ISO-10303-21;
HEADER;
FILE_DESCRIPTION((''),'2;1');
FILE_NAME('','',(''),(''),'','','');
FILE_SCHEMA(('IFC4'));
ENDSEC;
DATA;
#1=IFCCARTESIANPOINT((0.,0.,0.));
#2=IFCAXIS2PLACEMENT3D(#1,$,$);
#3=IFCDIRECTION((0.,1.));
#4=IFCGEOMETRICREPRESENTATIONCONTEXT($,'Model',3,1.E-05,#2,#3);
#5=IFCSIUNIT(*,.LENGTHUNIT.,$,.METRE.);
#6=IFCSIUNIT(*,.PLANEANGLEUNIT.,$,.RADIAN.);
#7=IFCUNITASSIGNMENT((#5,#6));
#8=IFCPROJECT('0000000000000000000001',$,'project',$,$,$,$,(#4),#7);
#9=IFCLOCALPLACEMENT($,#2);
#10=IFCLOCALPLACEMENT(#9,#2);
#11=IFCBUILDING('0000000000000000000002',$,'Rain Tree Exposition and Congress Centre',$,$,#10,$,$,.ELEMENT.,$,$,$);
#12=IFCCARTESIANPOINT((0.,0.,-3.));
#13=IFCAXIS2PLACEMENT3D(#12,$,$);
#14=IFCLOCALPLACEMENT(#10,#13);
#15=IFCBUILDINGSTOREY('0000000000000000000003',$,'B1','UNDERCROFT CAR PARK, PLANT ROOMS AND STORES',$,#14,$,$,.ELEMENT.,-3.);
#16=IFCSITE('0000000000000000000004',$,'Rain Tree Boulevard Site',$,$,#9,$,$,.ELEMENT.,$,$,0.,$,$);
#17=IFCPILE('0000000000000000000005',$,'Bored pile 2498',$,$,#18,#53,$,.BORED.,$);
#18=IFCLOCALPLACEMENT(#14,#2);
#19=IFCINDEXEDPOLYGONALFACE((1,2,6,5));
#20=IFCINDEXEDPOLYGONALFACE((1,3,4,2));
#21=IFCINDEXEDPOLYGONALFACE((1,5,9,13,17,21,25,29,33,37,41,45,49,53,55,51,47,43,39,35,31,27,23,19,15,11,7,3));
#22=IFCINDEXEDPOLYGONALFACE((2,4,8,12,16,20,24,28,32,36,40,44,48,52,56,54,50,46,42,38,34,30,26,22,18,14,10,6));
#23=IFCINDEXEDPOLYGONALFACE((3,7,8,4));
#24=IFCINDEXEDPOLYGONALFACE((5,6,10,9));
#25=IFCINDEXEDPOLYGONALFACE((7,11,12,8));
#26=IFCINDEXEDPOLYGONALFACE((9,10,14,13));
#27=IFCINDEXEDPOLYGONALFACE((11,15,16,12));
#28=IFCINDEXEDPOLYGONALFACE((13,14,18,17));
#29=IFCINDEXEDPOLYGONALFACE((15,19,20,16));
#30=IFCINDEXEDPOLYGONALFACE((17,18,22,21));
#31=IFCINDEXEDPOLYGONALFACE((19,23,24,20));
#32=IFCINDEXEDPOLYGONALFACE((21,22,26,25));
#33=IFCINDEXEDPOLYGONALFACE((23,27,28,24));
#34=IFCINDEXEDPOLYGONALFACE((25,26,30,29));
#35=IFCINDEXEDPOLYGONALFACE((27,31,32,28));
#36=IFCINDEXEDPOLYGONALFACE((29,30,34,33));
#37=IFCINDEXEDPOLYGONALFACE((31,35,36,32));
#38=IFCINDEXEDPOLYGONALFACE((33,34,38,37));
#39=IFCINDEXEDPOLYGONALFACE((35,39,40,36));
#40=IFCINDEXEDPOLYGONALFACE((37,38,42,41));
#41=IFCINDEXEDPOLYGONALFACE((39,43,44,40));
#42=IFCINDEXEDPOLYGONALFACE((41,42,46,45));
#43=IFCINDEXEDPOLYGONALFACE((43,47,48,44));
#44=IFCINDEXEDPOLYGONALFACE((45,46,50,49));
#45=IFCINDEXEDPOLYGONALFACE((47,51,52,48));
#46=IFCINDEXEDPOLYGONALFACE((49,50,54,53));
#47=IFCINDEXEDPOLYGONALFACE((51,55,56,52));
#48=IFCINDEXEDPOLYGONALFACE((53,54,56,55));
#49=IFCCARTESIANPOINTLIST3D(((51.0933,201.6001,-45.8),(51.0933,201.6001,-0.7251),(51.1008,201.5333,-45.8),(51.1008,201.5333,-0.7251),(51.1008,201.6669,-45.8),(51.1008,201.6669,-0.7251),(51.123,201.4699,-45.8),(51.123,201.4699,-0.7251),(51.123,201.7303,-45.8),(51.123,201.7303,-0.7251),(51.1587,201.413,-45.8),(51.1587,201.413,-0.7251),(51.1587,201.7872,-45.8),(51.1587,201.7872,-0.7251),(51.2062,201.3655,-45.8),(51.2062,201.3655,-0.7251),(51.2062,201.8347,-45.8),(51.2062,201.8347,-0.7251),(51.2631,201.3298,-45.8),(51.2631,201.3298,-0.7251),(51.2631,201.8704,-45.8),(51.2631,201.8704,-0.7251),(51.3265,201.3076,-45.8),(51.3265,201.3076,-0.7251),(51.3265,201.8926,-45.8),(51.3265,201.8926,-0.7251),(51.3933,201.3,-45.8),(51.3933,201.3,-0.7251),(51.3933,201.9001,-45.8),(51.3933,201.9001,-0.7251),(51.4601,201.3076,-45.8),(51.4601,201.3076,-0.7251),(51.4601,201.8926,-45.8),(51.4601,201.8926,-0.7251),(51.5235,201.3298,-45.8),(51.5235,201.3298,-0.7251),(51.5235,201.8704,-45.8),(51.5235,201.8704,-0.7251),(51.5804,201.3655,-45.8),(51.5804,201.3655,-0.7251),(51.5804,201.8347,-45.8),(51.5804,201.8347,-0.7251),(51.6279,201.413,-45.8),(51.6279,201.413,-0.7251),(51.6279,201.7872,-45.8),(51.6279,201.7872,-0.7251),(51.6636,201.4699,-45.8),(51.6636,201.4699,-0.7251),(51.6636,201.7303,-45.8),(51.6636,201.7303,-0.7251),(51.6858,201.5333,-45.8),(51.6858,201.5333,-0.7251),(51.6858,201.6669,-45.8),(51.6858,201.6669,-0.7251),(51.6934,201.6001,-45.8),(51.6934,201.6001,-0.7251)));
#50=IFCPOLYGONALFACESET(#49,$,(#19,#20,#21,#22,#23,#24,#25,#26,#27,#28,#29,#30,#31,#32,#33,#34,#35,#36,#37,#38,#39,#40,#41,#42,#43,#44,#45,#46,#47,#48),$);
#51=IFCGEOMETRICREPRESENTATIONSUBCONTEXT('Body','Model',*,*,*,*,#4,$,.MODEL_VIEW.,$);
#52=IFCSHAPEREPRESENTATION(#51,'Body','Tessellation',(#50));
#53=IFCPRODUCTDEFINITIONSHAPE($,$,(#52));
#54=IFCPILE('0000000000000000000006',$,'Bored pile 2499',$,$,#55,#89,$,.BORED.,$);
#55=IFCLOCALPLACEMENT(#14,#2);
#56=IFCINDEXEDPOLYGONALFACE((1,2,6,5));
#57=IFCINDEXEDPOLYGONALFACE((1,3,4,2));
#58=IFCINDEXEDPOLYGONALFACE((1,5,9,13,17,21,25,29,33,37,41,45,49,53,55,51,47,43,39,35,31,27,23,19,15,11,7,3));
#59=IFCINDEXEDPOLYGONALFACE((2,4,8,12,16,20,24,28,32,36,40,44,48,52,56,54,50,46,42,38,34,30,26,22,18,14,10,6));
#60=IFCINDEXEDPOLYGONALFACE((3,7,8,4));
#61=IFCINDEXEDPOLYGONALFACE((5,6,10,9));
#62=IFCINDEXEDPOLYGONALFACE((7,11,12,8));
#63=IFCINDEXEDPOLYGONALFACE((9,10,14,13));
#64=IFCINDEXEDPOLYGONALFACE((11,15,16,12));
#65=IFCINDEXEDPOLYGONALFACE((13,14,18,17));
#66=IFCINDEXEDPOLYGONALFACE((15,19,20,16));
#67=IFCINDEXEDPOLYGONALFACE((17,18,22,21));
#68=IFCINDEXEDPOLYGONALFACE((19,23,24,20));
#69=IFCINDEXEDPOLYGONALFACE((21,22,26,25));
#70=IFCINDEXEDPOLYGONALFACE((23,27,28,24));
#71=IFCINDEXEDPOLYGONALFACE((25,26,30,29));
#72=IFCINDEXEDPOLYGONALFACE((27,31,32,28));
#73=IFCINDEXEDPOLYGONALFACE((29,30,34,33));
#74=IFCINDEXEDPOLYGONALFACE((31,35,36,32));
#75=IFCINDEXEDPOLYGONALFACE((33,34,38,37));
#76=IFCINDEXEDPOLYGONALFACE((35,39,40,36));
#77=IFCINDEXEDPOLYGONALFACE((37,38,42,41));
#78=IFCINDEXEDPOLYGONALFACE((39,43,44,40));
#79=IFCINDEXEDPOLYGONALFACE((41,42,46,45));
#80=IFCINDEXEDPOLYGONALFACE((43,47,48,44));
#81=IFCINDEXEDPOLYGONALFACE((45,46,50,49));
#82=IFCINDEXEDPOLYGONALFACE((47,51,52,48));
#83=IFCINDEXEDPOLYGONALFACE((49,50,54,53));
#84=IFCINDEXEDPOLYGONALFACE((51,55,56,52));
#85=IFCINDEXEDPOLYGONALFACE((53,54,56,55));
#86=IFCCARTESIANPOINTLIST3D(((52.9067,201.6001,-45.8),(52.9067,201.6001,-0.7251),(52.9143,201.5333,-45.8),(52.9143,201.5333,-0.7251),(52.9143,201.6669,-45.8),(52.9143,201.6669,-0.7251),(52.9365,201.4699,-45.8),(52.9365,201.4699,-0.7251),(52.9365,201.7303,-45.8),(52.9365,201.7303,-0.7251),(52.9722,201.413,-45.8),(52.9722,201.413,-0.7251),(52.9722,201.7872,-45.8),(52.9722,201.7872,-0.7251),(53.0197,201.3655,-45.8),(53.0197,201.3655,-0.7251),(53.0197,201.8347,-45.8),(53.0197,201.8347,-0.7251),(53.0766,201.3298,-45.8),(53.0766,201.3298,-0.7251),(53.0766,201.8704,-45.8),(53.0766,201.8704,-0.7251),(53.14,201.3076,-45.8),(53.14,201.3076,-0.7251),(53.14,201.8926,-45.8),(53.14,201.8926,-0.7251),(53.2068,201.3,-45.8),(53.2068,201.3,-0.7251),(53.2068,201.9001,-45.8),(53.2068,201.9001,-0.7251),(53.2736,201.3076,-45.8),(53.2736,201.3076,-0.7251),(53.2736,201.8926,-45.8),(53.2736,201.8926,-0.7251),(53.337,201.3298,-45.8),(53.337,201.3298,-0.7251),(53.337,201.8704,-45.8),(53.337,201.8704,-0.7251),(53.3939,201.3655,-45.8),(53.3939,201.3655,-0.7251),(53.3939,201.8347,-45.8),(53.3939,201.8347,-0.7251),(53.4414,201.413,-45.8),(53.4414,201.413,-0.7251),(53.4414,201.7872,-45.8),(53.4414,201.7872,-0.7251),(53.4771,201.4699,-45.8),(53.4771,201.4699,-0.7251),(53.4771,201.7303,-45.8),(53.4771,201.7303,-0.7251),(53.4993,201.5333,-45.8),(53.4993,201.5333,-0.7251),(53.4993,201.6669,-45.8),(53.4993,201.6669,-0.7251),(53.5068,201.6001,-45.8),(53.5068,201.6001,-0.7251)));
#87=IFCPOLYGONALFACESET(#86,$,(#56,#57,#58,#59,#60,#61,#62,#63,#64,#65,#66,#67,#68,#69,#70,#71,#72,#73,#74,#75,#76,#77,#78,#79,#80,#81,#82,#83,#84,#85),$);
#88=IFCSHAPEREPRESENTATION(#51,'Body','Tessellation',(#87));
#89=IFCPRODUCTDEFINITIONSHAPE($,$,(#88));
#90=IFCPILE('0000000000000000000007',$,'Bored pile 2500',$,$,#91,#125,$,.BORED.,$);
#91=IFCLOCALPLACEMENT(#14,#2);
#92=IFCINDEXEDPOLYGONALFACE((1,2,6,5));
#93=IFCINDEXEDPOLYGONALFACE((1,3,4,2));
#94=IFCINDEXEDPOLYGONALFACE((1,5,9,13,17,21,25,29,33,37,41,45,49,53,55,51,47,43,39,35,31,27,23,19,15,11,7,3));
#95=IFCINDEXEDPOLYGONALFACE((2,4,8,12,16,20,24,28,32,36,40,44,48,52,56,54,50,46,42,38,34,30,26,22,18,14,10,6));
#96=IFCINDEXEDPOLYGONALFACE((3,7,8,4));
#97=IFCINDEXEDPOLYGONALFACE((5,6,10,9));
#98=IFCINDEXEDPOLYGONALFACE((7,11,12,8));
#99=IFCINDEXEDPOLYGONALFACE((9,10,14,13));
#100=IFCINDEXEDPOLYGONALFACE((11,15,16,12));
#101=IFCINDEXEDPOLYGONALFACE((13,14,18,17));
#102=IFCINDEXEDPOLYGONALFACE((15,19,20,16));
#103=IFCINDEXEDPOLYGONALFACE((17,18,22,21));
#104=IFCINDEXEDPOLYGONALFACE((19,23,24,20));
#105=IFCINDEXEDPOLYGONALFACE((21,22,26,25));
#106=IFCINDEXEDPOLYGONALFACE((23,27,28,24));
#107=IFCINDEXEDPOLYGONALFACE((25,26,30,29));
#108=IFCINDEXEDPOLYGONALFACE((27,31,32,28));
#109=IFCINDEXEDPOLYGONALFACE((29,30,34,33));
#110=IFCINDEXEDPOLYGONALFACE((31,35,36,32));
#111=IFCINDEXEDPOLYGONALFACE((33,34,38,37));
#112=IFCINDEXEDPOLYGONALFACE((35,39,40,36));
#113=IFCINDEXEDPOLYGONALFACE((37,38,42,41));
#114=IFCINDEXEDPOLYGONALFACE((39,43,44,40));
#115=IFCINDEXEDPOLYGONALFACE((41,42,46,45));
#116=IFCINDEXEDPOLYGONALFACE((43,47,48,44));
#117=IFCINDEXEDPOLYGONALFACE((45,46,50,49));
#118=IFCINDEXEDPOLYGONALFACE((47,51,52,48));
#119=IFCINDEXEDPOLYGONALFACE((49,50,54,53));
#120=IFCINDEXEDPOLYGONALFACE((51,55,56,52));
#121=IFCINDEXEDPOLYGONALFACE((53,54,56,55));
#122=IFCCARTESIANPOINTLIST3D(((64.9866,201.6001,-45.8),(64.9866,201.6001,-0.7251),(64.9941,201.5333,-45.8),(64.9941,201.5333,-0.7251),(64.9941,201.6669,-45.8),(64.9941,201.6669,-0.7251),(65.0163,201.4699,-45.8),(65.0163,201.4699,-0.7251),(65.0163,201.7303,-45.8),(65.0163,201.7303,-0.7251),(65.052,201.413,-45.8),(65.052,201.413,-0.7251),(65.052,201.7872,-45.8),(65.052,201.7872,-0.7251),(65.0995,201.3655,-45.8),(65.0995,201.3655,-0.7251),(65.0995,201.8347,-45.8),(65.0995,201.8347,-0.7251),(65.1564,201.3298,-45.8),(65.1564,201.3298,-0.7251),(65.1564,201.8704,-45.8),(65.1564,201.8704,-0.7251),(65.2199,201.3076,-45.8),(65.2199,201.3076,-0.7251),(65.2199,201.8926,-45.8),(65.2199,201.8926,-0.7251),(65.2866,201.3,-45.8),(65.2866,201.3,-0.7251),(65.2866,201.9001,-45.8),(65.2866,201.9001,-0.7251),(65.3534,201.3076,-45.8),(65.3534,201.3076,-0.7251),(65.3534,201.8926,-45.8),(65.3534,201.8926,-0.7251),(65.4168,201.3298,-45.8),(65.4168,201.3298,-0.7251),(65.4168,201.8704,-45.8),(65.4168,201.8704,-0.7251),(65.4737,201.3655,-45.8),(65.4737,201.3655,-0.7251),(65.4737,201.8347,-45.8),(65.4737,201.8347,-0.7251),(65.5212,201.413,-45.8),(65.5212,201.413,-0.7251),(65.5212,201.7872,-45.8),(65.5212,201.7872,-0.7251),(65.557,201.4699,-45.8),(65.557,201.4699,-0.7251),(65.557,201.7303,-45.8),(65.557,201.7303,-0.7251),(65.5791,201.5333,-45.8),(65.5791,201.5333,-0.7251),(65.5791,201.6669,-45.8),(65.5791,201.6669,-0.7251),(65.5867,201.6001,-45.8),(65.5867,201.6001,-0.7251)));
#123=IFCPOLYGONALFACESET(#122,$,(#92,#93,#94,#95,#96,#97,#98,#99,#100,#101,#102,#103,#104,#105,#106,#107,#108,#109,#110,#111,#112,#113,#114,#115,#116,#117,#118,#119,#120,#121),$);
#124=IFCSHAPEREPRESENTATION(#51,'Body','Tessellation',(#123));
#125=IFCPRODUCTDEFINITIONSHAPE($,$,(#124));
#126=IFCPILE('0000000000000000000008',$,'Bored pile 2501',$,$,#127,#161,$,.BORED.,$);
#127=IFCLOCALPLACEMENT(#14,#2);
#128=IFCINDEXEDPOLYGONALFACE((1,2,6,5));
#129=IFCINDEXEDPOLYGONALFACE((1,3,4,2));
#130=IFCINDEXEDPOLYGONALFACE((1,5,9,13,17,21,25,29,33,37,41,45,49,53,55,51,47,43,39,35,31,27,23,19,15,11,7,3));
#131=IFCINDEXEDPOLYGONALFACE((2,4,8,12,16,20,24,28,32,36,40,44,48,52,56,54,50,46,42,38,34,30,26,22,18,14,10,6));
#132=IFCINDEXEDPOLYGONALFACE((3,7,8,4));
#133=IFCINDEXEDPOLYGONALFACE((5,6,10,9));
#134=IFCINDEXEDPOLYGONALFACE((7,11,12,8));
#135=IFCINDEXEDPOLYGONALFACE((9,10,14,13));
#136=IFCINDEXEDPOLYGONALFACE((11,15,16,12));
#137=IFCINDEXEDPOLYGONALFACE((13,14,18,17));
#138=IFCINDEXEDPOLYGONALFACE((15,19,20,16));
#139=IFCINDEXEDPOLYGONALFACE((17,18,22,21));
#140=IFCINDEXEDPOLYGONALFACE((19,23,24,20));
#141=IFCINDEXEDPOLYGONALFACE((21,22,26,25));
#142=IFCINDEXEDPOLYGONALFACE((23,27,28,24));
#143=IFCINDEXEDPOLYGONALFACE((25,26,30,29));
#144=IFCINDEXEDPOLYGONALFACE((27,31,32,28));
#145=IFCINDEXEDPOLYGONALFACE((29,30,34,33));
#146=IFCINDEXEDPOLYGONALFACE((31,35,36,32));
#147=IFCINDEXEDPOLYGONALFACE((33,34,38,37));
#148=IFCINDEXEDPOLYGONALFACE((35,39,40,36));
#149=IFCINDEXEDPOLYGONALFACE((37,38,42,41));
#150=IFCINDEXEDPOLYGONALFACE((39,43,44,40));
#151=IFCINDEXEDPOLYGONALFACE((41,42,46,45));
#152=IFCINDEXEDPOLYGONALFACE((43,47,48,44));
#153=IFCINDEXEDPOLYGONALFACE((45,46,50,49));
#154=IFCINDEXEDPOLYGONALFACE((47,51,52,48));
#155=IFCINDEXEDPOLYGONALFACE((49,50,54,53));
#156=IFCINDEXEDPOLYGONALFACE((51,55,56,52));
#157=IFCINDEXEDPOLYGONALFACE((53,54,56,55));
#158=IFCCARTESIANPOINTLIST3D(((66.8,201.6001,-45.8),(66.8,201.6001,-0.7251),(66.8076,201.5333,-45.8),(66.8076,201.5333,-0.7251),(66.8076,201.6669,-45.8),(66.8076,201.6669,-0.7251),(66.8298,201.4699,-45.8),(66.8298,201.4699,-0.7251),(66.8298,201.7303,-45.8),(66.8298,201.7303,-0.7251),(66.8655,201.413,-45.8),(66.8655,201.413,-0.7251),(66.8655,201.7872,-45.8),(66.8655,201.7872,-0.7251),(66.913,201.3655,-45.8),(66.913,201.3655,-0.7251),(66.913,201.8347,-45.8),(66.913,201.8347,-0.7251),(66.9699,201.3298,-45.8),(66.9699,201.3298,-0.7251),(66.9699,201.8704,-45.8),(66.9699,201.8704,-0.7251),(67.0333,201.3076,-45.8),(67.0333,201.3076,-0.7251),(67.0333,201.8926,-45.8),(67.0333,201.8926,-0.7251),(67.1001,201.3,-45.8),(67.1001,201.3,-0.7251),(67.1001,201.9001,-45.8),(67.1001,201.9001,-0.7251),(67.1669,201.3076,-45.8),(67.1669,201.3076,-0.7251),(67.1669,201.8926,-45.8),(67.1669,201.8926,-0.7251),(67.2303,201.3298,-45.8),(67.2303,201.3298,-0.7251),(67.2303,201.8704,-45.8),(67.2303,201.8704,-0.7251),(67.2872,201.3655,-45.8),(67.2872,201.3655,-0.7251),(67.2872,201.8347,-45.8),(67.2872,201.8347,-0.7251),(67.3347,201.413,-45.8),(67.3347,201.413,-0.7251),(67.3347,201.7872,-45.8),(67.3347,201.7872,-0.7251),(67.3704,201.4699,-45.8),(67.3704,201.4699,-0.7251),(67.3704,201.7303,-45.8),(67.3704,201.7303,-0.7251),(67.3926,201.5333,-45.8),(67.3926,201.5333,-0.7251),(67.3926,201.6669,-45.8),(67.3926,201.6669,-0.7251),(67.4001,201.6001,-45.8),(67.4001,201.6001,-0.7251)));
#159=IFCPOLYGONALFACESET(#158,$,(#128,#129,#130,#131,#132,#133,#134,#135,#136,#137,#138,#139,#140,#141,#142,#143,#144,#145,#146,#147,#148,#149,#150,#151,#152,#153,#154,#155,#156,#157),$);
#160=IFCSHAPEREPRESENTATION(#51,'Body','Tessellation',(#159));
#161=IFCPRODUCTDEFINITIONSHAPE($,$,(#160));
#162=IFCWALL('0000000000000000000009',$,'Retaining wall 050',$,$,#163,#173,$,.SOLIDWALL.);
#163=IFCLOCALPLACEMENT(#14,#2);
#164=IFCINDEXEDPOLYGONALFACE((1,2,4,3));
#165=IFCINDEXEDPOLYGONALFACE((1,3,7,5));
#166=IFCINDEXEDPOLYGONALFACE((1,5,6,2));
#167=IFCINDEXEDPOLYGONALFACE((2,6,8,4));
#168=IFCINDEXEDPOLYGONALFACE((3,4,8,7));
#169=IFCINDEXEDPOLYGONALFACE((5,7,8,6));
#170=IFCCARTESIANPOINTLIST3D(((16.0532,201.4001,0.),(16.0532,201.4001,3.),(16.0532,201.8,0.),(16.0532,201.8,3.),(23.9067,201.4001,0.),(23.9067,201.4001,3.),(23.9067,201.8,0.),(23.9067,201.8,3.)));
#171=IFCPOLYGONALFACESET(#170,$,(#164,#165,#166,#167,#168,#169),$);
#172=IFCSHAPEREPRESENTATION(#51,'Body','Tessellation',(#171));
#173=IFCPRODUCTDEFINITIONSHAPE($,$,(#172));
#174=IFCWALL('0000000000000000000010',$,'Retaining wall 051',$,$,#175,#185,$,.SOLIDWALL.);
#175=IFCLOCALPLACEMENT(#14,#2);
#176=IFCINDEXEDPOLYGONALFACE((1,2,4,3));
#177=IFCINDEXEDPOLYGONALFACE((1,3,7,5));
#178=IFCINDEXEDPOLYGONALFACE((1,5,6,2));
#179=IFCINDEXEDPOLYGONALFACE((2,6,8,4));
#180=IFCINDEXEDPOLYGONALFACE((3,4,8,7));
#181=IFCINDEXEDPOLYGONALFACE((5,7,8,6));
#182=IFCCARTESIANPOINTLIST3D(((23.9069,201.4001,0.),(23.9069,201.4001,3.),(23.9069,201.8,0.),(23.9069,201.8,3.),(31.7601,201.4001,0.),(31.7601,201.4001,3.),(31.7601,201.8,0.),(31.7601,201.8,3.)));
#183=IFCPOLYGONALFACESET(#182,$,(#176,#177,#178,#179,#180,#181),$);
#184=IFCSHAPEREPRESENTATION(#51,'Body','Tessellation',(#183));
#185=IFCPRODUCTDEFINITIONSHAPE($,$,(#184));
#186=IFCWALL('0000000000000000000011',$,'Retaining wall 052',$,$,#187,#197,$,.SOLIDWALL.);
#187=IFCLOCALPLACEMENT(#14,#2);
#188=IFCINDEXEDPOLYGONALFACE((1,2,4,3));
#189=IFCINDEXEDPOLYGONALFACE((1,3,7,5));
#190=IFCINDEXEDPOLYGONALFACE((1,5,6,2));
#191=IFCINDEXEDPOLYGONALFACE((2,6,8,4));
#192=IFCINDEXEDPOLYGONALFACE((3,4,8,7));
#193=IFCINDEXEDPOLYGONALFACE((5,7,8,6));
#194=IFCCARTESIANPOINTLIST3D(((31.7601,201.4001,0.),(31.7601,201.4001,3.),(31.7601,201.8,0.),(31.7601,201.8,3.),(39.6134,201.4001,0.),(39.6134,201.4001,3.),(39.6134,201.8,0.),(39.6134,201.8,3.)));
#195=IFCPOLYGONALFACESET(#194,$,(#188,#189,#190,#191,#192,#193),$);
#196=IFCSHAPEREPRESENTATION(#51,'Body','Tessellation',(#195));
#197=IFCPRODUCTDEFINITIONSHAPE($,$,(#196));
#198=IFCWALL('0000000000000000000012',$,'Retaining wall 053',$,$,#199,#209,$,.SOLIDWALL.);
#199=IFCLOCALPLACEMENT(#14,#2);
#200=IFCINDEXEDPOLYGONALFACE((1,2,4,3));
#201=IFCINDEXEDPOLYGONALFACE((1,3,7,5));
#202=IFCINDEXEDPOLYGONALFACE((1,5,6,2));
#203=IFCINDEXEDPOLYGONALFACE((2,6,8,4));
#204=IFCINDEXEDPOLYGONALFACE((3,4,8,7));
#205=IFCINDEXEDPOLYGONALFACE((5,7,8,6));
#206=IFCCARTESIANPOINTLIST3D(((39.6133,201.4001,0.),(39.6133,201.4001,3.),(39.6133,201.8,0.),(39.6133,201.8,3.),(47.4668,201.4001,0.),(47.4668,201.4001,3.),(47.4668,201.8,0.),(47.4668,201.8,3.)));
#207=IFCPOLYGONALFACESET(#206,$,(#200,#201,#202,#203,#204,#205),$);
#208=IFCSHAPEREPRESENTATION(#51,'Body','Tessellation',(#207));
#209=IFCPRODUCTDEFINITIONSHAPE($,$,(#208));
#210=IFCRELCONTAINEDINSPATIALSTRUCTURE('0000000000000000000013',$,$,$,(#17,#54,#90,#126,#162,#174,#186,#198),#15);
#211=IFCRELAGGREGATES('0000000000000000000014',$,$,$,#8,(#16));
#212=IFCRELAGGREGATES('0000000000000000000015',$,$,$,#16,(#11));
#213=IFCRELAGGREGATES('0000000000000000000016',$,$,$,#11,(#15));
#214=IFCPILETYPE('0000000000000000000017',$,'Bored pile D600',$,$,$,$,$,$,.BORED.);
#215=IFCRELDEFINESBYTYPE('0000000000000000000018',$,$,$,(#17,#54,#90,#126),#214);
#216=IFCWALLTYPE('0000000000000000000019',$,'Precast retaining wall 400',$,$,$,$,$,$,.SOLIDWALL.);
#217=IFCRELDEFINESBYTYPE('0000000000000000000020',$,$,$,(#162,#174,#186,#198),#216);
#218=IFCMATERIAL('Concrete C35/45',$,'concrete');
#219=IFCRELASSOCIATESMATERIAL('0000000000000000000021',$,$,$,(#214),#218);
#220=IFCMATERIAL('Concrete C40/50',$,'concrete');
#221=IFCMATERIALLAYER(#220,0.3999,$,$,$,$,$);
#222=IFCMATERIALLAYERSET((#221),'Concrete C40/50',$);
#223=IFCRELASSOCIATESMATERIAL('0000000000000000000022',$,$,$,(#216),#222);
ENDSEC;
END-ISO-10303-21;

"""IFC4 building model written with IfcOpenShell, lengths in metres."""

from ifc_helpers import new_model, si_unit, direction, frame, frame_2d, origin, origin_2d, place, context, subcontext, project, spatial, rectangle, circle, extrude, material, layer, layer_set, material_profile, profile_set, type_object, element, save


model = new_model("IFC4")

# Units and contexts
model_context = context("Model", 3, precision=1e-05, world=origin(), true_north=direction((0.0, 1.0)))
body_context = subcontext(model_context, "Body", "Model", "MODEL_VIEW")
ifc_project = project(units=[si_unit("LENGTHUNIT", "METRE"), si_unit("PLANEANGLEUNIT", "RADIAN")], contexts=[model_context])

# Site, building, storey
site_placement = place(None, origin())
site = spatial("IfcSite", under=ifc_project, at=site_placement, Name="Rain Tree Boulevard Site", CompositionType="ELEMENT", RefElevation=0.0)
building_placement = place(site_placement, origin())
building = spatial("IfcBuilding", under=site, at=building_placement, Name="Rain Tree Exposition and Congress Centre", CompositionType="ELEMENT")
storey_placement = place(building_placement, frame((0.0, 0.0, -3.0)))
storey = spatial("IfcBuildingStorey", under=building, at=storey_placement, Name="B1", Description="UNDERCROFT CAR PARK, PLANT ROOMS AND STORES", CompositionType="ELEMENT", Elevation=-3.0)

# Piles
ifc_material_1 = material(Name="Concrete C35/45", Category="concrete")
ifc_material_profile_1 = material_profile(ifc_material_1, circle(Radius=0.3, at=origin_2d()), Name="D600")
ifc_profile_set_1 = profile_set([ifc_material_profile_1], Name="Concrete C35/45")
pile_type_1 = type_object("IfcPileType", Name="Bored pile D600", PredefinedType="BORED", material=ifc_profile_set_1)
for number, where, z_axis, x_axis, name in (
    (1, (51.3933, 201.6001, -0.7251), (0.0, 0.0, -1.0), (1.0, 0.0, 0.0), "Bored pile 2498"),
    (2, (53.2068, 201.6001, -0.7251), (0.0, 0.0, -1.0), (1.0, 0.0, 0.0), "Bored pile 2499"),
    (3, (65.2866, 201.6001, -0.7251), (0.0, 0.0, -1.0), (1.0, 0.0, 0.0), "Bored pile 2500"),
    (4, (67.1001, 201.6001, -0.7251), (0.0, 0.0, -1.0), (1.0, 0.0, 0.0), "Bored pile 2501"),
):
    element("IfcPile", number, at=place(storey_placement, frame(where, z_axis=z_axis, x_axis=x_axis)), inside=storey, type_object=pile_type_1, Name=name, PredefinedType="BORED", context=body_context, shape_type="SweptSolid", body=[
        extrude(circle(Radius=0.3, at=origin_2d()), origin(), (0.0, 0.0, 1.0), 45.075),
    ])

# Walls
ifc_material_2 = material(Name="Concrete C40/50", Category="concrete")
ifc_layer = layer(ifc_material_2, 0.3999)
ifc_layer_set = layer_set([ifc_layer], Name="Concrete C40/50")
wall_type = type_object("IfcWallType", Name="Precast retaining wall 400", PredefinedType="SOLIDWALL", material=ifc_layer_set)
wall_1_placement = place(storey_placement, frame((16.0532, 201.6001, 0.0), z_axis=(0.0, 0.0, 1.0), x_axis=(1.0, 0.0, 0.0)))
element("IfcWall", 5, at=wall_1_placement, inside=storey, type_object=wall_type, Name="Retaining wall 050", PredefinedType="SOLIDWALL", context=body_context, shape_type="SweptSolid", body=[
    extrude(rectangle(XDim=7.8535, YDim=0.3999, at=frame_2d((3.9268, 0.0))), origin(), (0.0, 0.0, 1.0), 3.0),
])
for number, where, z_axis, x_axis, name in (
    (6, (23.9067, 201.6001, 0.0), (0.0, 0.0, 1.0), (1.0, 0.0, 0.0), "Retaining wall 051"),
    (7, (31.76, 201.6001, 0.0), (0.0, 0.0, 1.0), (1.0, 0.0, 0.0), "Retaining wall 052"),
):
    element("IfcWall", number, at=place(storey_placement, frame(where, z_axis=z_axis, x_axis=x_axis)), inside=storey, type_object=wall_type, Name=name, PredefinedType="SOLIDWALL", context=body_context, shape_type="SweptSolid", body=[
        extrude(rectangle(XDim=7.8533, YDim=0.3999, at=frame_2d((3.9268, 0.0))), origin(), (0.0, 0.0, 1.0), 3.0),
    ])
wall_2_placement = place(storey_placement, frame((39.6133, 201.6001, 0.0), z_axis=(0.0, 0.0, 1.0), x_axis=(1.0, 0.0, 0.0)))
element("IfcWall", 8, at=wall_2_placement, inside=storey, type_object=wall_type, Name="Retaining wall 053", PredefinedType="SOLIDWALL", context=body_context, shape_type="SweptSolid", body=[
    extrude(rectangle(XDim=7.8535, YDim=0.3999, at=frame_2d((3.9268, 0.0))), origin(), (0.0, 0.0, 1.0), 3.0),
])

save(model, "model.ifc")
